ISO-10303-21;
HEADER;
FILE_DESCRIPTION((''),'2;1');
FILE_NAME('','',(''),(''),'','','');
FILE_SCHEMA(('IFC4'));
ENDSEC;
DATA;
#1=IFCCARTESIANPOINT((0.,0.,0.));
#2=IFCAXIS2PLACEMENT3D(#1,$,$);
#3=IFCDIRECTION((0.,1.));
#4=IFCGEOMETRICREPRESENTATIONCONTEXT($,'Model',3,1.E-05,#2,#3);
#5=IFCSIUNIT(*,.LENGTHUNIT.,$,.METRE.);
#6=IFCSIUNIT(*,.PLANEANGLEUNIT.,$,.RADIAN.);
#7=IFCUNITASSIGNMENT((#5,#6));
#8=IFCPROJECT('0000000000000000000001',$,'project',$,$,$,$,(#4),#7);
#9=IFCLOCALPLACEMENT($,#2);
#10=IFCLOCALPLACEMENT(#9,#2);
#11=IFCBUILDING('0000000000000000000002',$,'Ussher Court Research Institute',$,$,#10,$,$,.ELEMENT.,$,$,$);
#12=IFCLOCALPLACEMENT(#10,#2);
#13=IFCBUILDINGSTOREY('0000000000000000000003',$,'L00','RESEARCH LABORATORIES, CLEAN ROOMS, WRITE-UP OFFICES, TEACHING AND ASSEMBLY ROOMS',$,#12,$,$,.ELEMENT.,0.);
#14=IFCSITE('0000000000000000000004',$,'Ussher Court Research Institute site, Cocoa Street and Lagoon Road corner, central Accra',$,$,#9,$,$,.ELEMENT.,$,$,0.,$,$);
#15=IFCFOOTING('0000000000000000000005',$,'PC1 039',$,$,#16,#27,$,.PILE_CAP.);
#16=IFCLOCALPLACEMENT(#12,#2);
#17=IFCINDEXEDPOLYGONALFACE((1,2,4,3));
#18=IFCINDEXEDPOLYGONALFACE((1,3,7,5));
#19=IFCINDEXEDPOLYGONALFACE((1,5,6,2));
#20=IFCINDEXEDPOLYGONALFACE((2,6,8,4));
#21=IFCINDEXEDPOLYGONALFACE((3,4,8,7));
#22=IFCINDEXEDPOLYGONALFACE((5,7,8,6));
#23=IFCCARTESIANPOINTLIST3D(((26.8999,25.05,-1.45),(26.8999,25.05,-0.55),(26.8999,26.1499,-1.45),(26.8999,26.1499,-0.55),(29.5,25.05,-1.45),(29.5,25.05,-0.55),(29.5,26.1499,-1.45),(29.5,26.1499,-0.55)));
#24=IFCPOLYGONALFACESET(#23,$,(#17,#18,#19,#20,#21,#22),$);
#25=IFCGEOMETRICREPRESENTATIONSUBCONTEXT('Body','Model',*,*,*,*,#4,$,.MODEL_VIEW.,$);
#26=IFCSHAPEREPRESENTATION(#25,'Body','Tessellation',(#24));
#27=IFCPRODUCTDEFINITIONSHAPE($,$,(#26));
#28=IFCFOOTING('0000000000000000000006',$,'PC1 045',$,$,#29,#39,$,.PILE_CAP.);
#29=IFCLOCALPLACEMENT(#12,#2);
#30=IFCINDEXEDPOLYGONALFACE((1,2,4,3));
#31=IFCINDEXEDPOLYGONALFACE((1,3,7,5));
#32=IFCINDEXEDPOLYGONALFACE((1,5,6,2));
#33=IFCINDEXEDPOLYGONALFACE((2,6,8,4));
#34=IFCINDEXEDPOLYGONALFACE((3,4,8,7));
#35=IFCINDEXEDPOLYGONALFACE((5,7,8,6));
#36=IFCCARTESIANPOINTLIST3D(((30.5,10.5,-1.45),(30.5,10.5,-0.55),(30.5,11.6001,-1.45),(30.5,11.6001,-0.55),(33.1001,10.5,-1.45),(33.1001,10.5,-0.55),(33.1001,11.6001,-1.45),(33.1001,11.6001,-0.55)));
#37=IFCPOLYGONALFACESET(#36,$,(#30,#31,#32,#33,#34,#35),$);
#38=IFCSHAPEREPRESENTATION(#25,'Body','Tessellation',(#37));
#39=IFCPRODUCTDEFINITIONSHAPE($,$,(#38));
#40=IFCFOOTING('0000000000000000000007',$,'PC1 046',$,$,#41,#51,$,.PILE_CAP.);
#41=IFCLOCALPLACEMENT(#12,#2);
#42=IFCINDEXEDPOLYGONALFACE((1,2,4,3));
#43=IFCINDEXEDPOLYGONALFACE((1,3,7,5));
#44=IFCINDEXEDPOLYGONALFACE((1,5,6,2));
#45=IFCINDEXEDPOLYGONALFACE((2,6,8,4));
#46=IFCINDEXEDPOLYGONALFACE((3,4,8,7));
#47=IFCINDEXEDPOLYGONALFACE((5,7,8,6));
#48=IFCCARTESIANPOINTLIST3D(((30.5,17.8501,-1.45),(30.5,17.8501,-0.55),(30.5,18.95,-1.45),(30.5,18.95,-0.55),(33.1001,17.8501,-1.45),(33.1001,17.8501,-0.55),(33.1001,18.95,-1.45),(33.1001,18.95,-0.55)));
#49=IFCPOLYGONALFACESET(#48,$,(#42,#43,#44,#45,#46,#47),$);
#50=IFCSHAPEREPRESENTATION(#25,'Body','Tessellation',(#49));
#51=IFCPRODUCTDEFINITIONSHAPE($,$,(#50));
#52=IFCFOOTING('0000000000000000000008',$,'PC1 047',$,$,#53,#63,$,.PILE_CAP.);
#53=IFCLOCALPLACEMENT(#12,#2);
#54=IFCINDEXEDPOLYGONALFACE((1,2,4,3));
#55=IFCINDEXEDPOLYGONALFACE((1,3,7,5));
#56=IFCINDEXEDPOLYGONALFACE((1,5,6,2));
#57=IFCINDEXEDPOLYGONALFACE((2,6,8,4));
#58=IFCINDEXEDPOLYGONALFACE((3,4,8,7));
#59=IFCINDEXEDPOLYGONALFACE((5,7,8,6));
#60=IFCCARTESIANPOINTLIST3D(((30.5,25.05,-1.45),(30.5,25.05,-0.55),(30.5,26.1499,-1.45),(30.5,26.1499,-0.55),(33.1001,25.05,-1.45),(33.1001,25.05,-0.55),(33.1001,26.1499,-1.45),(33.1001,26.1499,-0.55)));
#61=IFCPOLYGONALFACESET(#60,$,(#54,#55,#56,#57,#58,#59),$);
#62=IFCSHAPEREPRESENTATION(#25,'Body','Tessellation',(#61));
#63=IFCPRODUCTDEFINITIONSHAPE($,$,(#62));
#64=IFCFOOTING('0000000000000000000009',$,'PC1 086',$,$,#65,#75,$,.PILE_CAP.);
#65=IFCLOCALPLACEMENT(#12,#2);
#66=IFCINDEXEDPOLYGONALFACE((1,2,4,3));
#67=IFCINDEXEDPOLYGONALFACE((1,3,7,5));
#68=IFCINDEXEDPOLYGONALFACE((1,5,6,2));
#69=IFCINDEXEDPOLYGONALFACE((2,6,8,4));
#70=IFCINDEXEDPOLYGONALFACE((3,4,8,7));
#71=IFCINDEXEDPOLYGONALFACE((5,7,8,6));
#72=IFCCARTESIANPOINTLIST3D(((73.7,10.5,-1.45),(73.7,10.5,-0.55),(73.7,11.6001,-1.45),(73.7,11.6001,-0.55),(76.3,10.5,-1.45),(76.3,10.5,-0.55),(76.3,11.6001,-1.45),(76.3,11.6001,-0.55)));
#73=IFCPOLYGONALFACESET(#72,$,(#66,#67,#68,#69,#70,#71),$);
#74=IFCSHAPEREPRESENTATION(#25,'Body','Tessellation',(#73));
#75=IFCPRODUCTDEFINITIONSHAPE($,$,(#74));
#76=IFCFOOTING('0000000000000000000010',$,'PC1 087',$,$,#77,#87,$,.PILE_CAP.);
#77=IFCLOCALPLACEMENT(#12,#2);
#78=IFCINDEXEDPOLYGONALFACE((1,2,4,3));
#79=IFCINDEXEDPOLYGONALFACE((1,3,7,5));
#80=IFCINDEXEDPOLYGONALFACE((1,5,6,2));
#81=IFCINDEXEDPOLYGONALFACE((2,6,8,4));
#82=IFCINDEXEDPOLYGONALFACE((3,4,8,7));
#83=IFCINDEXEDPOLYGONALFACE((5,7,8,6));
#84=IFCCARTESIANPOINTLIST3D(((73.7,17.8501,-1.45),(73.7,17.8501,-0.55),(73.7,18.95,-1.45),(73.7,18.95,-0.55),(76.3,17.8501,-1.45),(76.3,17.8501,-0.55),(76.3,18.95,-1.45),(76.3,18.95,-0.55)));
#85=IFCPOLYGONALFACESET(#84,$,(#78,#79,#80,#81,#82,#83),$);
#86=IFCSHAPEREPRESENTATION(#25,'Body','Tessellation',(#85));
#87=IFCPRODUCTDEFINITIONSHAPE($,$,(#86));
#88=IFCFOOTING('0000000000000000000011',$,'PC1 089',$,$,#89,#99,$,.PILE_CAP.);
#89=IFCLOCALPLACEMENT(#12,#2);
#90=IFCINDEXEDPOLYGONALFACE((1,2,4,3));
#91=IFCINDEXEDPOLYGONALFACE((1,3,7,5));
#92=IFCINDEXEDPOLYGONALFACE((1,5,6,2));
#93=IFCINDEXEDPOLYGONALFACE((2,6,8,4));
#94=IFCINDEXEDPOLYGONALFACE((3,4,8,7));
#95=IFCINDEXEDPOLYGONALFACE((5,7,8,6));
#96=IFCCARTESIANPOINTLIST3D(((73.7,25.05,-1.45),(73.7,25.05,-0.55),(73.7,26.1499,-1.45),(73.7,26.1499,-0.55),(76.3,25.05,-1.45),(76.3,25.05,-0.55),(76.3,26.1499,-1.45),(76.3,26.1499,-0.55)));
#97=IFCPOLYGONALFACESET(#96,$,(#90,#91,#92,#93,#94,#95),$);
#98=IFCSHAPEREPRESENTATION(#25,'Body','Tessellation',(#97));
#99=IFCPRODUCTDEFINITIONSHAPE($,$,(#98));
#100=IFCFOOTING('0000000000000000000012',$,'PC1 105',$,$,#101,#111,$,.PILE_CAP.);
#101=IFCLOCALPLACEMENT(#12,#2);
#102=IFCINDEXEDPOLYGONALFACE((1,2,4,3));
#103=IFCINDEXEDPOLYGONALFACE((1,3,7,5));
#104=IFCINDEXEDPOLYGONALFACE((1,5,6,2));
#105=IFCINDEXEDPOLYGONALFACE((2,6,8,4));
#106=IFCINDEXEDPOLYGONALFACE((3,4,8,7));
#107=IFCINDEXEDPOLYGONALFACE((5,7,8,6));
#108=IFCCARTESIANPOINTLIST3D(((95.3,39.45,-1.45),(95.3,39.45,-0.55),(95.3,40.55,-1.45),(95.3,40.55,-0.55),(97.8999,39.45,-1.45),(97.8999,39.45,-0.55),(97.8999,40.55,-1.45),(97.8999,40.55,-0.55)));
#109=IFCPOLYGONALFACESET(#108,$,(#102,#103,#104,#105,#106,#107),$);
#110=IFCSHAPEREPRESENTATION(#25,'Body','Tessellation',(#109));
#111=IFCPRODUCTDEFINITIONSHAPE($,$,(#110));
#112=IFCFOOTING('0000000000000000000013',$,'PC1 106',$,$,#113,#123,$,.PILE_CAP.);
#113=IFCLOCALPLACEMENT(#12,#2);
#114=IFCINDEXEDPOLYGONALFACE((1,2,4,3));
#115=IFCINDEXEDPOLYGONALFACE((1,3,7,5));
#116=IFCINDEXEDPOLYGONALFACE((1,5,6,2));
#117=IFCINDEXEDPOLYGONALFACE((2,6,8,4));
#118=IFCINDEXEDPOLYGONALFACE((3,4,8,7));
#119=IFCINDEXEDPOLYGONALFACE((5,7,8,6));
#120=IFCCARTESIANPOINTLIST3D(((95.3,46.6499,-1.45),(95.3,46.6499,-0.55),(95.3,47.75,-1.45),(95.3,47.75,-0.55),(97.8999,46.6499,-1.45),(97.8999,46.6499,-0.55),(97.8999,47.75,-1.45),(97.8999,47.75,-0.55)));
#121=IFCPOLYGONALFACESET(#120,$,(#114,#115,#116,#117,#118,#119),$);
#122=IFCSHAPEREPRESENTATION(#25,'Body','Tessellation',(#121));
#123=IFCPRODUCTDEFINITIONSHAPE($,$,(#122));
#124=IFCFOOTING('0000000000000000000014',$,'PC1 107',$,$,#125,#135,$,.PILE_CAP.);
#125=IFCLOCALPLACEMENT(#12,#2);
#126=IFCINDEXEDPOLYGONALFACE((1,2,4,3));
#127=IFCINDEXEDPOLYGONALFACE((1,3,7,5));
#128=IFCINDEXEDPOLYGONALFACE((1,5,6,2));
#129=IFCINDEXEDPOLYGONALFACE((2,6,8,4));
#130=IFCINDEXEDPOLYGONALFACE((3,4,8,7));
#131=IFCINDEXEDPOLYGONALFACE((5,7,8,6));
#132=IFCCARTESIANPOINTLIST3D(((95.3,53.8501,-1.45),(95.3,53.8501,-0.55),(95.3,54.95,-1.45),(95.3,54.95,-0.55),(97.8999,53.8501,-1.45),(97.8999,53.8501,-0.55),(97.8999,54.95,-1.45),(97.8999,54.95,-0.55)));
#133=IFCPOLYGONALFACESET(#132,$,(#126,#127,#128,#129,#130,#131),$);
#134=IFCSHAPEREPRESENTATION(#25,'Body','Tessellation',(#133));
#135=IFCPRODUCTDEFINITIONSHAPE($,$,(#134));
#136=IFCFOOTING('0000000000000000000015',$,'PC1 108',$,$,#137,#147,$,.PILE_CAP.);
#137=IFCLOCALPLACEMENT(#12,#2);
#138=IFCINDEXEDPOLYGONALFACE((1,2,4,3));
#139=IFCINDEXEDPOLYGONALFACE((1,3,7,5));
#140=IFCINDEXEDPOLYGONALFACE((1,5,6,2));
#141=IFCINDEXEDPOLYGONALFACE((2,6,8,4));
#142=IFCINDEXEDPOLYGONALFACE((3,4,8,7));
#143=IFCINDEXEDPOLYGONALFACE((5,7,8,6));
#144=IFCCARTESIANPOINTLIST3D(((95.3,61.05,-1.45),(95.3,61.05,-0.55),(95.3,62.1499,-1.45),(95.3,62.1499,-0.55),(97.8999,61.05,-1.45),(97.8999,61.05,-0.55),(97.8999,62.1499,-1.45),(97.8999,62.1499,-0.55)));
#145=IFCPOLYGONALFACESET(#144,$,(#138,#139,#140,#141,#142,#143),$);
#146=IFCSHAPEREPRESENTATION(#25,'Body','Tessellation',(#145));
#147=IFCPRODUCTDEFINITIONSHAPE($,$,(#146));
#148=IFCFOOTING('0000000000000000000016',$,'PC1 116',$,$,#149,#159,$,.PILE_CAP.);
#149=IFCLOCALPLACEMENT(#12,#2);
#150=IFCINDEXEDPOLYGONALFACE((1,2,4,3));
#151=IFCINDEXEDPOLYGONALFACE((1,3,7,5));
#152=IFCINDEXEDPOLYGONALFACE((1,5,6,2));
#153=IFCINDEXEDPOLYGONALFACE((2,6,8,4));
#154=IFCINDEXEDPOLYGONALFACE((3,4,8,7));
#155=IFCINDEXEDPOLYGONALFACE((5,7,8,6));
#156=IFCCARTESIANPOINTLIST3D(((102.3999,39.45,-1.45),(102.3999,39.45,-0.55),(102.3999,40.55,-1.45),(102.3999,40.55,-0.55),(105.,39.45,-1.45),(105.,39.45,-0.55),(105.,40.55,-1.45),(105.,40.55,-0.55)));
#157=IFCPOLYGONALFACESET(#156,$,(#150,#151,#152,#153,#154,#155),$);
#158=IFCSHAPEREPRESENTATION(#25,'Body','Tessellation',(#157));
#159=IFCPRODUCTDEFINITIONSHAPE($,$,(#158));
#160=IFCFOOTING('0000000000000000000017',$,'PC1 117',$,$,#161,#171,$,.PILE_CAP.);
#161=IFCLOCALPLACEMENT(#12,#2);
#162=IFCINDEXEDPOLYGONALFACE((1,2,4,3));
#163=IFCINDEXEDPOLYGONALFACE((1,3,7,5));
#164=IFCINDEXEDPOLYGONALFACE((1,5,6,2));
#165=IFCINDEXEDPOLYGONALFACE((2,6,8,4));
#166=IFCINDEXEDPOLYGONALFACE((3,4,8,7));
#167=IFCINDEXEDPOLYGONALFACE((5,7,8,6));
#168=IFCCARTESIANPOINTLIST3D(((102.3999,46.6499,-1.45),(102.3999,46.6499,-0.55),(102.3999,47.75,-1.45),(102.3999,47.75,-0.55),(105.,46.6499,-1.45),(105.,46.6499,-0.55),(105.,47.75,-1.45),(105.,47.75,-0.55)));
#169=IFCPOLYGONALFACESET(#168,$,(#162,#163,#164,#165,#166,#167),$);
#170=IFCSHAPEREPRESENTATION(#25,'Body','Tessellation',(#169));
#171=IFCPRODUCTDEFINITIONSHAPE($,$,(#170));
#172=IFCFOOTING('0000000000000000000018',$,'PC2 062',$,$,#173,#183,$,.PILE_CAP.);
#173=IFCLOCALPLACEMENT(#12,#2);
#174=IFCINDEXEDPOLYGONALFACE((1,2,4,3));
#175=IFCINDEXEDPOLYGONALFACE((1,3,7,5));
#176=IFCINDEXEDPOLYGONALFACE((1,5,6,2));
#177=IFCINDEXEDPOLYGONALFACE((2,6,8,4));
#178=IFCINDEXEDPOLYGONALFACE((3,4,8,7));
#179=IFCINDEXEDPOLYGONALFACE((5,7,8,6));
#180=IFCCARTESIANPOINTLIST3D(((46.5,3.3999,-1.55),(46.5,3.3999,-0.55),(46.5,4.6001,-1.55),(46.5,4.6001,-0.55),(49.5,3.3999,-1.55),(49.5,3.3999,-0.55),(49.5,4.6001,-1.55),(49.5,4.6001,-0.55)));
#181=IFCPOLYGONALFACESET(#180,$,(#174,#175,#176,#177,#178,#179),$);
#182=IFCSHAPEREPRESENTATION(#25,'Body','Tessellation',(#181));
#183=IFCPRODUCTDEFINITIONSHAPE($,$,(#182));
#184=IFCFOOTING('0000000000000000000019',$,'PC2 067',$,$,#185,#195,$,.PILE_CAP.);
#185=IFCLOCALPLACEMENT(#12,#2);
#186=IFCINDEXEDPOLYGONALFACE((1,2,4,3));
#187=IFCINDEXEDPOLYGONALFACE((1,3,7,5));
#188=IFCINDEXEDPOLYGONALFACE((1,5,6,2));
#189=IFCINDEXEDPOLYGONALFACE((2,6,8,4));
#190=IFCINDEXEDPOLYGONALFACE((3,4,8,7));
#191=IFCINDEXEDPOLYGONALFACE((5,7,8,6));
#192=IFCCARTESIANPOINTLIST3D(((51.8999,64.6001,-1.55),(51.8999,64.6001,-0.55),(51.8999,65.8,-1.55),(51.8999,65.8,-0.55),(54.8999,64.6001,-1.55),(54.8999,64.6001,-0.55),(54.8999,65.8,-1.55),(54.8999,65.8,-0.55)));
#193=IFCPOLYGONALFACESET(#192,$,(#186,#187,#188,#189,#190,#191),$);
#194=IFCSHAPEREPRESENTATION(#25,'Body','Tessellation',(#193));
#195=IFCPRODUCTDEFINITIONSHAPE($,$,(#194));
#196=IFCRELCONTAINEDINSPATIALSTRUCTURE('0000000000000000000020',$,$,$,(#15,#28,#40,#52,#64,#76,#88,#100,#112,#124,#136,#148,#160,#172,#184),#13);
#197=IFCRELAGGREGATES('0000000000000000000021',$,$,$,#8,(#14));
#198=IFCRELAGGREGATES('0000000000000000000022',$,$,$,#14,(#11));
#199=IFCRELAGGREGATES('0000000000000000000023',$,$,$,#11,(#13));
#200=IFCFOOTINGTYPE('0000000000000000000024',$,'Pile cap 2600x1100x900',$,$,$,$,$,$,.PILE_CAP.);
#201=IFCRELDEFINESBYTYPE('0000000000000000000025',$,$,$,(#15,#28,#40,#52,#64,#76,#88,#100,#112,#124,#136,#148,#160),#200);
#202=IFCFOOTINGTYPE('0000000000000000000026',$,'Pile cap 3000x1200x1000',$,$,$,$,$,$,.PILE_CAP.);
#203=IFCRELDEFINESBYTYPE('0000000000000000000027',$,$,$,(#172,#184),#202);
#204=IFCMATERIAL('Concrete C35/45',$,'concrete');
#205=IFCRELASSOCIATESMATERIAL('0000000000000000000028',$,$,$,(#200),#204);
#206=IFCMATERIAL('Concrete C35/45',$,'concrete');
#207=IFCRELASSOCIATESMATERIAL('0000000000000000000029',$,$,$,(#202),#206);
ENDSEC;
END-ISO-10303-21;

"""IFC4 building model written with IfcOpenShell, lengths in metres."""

from ifc_helpers import new_model, si_unit, direction, frame, origin, place, context, subcontext, project, spatial, polyline, outline, extrude, material, type_object, element, save


model = new_model("IFC4")

# Units and contexts
model_context = context("Model", 3, precision=1e-05, world=origin(), true_north=direction((0.0, 1.0)))
body_context = subcontext(model_context, "Body", "Model", "MODEL_VIEW")
ifc_project = project(units=[si_unit("LENGTHUNIT", "METRE"), si_unit("PLANEANGLEUNIT", "RADIAN")], contexts=[model_context])

# Site, building, storey
site_placement = place(None, origin())
site = spatial("IfcSite", under=ifc_project, at=site_placement, Name="Ussher Court Research Institute site, Cocoa Street and Lagoon Road corner, central Accra", CompositionType="ELEMENT", RefElevation=0.0)
building_placement = place(site_placement, origin())
building = spatial("IfcBuilding", under=site, at=building_placement, Name="Ussher Court Research Institute", CompositionType="ELEMENT")
storey_placement = place(building_placement, origin())
storey = spatial("IfcBuildingStorey", under=building, at=storey_placement, Name="L00", Description="RESEARCH LABORATORIES, CLEAN ROOMS, WRITE-UP OFFICES, TEACHING AND ASSEMBLY ROOMS", CompositionType="ELEMENT", Elevation=0.0)

# Footings
ifc_material_1 = material(Name="Concrete C35/45", Category="concrete")
footing_type_1 = type_object("IfcFootingType", Name="Pile cap 2600x1100x900", PredefinedType="PILE_CAP", material=ifc_material_1)
footing_1_placement = place(storey_placement, frame((0.0, 0.0, -1.45)))
element("IfcFooting", 1, at=footing_1_placement, inside=storey, type_object=footing_type_1, Name="PC1 039", PredefinedType="PILE_CAP", context=body_context, shape_type="SweptSolid", body=[
    extrude(outline(polyline([(26.8999, 25.05), (29.5, 25.05), (29.5, 26.1499), (26.8999, 26.1499), (26.8999, 25.05)])), origin(), (0.0, 0.0, 1.0), 0.8999),
])
footing_2_placement = place(storey_placement, frame((0.0, 0.0, -1.45)))
element("IfcFooting", 2, at=footing_2_placement, inside=storey, type_object=footing_type_1, Name="PC1 045", PredefinedType="PILE_CAP", context=body_context, shape_type="SweptSolid", body=[
    extrude(outline(polyline([(30.5, 10.5), (33.1001, 10.5), (33.1001, 11.6001), (30.5, 11.6001), (30.5, 10.5)])), origin(), (0.0, 0.0, 1.0), 0.8999),
])
footing_3_placement = place(storey_placement, frame((0.0, 0.0, -1.45)))
element("IfcFooting", 3, at=footing_3_placement, inside=storey, type_object=footing_type_1, Name="PC1 046", PredefinedType="PILE_CAP", context=body_context, shape_type="SweptSolid", body=[
    extrude(outline(polyline([(30.5, 17.8501), (33.1001, 17.8501), (33.1001, 18.95), (30.5, 18.95), (30.5, 17.8501)])), origin(), (0.0, 0.0, 1.0), 0.8999),
])
footing_4_placement = place(storey_placement, frame((0.0, 0.0, -1.45)))
element("IfcFooting", 4, at=footing_4_placement, inside=storey, type_object=footing_type_1, Name="PC1 047", PredefinedType="PILE_CAP", context=body_context, shape_type="SweptSolid", body=[
    extrude(outline(polyline([(30.5, 25.05), (33.1001, 25.05), (33.1001, 26.1499), (30.5, 26.1499), (30.5, 25.05)])), origin(), (0.0, 0.0, 1.0), 0.8999),
])
footing_5_placement = place(storey_placement, frame((0.0, 0.0, -1.45)))
element("IfcFooting", 5, at=footing_5_placement, inside=storey, type_object=footing_type_1, Name="PC1 086", PredefinedType="PILE_CAP", context=body_context, shape_type="SweptSolid", body=[
    extrude(outline(polyline([(73.7, 10.5), (76.3, 10.5), (76.3, 11.6001), (73.7, 11.6001), (73.7, 10.5)])), origin(), (0.0, 0.0, 1.0), 0.8999),
])
footing_6_placement = place(storey_placement, frame((0.0, 0.0, -1.45)))
element("IfcFooting", 6, at=footing_6_placement, inside=storey, type_object=footing_type_1, Name="PC1 087", PredefinedType="PILE_CAP", context=body_context, shape_type="SweptSolid", body=[
    extrude(outline(polyline([(73.7, 17.8501), (76.3, 17.8501), (76.3, 18.95), (73.7, 18.95), (73.7, 17.8501)])), origin(), (0.0, 0.0, 1.0), 0.8999),
])
footing_7_placement = place(storey_placement, frame((0.0, 0.0, -1.45)))
element("IfcFooting", 7, at=footing_7_placement, inside=storey, type_object=footing_type_1, Name="PC1 089", PredefinedType="PILE_CAP", context=body_context, shape_type="SweptSolid", body=[
    extrude(outline(polyline([(73.7, 25.05), (76.3, 25.05), (76.3, 26.1499), (73.7, 26.1499), (73.7, 25.05)])), origin(), (0.0, 0.0, 1.0), 0.8999),
])
footing_8_placement = place(storey_placement, frame((0.0, 0.0, -1.45)))
element("IfcFooting", 8, at=footing_8_placement, inside=storey, type_object=footing_type_1, Name="PC1 105", PredefinedType="PILE_CAP", context=body_context, shape_type="SweptSolid", body=[
    extrude(outline(polyline([(95.3, 39.45), (97.8999, 39.45), (97.8999, 40.55), (95.3, 40.55), (95.3, 39.45)])), origin(), (0.0, 0.0, 1.0), 0.8999),
])
footing_9_placement = place(storey_placement, frame((0.0, 0.0, -1.45)))
element("IfcFooting", 9, at=footing_9_placement, inside=storey, type_object=footing_type_1, Name="PC1 106", PredefinedType="PILE_CAP", context=body_context, shape_type="SweptSolid", body=[
    extrude(outline(polyline([(95.3, 46.6499), (97.8999, 46.6499), (97.8999, 47.75), (95.3, 47.75), (95.3, 46.6499)])), origin(), (0.0, 0.0, 1.0), 0.8999),
])
footing_10_placement = place(storey_placement, frame((0.0, 0.0, -1.45)))
element("IfcFooting", 10, at=footing_10_placement, inside=storey, type_object=footing_type_1, Name="PC1 107", PredefinedType="PILE_CAP", context=body_context, shape_type="SweptSolid", body=[
    extrude(outline(polyline([(95.3, 53.8501), (97.8999, 53.8501), (97.8999, 54.95), (95.3, 54.95), (95.3, 53.8501)])), origin(), (0.0, 0.0, 1.0), 0.8999),
])
footing_11_placement = place(storey_placement, frame((0.0, 0.0, -1.45)))
element("IfcFooting", 11, at=footing_11_placement, inside=storey, type_object=footing_type_1, Name="PC1 108", PredefinedType="PILE_CAP", context=body_context, shape_type="SweptSolid", body=[
    extrude(outline(polyline([(95.3, 61.05), (97.8999, 61.05), (97.8999, 62.1499), (95.3, 62.1499), (95.3, 61.05)])), origin(), (0.0, 0.0, 1.0), 0.8999),
])
footing_12_placement = place(storey_placement, frame((0.0, 0.0, -1.45)))
element("IfcFooting", 12, at=footing_12_placement, inside=storey, type_object=footing_type_1, Name="PC1 116", PredefinedType="PILE_CAP", context=body_context, shape_type="SweptSolid", body=[
    extrude(outline(polyline([(102.3999, 39.45), (105.0, 39.45), (105.0, 40.55), (102.3999, 40.55), (102.3999, 39.45)])), origin(), (0.0, 0.0, 1.0), 0.8999),
])
footing_13_placement = place(storey_placement, frame((0.0, 0.0, -1.45)))
element("IfcFooting", 13, at=footing_13_placement, inside=storey, type_object=footing_type_1, Name="PC1 117", PredefinedType="PILE_CAP", context=body_context, shape_type="SweptSolid", body=[
    extrude(outline(polyline([(102.3999, 46.6499), (105.0, 46.6499), (105.0, 47.75), (102.3999, 47.75), (102.3999, 46.6499)])), origin(), (0.0, 0.0, 1.0), 0.8999),
])
ifc_material_2 = material(Name="Concrete C35/45", Category="concrete")
footing_type_2 = type_object("IfcFootingType", Name="Pile cap 3000x1200x1000", PredefinedType="PILE_CAP", material=ifc_material_2)
footing_14_placement = place(storey_placement, frame((0.0, 0.0, -1.55)))
element("IfcFooting", 14, at=footing_14_placement, inside=storey, type_object=footing_type_2, Name="PC2 062", PredefinedType="PILE_CAP", context=body_context, shape_type="SweptSolid", body=[
    extrude(outline(polyline([(46.5, 3.3999), (49.5, 3.3999), (49.5, 4.6001), (46.5, 4.6001), (46.5, 3.3999)])), origin(), (0.0, 0.0, 1.0), 1.0),
])
footing_15_placement = place(storey_placement, frame((0.0, 0.0, -1.55)))
element("IfcFooting", 15, at=footing_15_placement, inside=storey, type_object=footing_type_2, Name="PC2 067", PredefinedType="PILE_CAP", context=body_context, shape_type="SweptSolid", body=[
    extrude(outline(polyline([(51.8999, 64.6001), (54.8999, 64.6001), (54.8999, 65.8), (51.8999, 65.8), (51.8999, 64.6001)])), origin(), (0.0, 0.0, 1.0), 1.0),
])

save(model, "model.ifc")
